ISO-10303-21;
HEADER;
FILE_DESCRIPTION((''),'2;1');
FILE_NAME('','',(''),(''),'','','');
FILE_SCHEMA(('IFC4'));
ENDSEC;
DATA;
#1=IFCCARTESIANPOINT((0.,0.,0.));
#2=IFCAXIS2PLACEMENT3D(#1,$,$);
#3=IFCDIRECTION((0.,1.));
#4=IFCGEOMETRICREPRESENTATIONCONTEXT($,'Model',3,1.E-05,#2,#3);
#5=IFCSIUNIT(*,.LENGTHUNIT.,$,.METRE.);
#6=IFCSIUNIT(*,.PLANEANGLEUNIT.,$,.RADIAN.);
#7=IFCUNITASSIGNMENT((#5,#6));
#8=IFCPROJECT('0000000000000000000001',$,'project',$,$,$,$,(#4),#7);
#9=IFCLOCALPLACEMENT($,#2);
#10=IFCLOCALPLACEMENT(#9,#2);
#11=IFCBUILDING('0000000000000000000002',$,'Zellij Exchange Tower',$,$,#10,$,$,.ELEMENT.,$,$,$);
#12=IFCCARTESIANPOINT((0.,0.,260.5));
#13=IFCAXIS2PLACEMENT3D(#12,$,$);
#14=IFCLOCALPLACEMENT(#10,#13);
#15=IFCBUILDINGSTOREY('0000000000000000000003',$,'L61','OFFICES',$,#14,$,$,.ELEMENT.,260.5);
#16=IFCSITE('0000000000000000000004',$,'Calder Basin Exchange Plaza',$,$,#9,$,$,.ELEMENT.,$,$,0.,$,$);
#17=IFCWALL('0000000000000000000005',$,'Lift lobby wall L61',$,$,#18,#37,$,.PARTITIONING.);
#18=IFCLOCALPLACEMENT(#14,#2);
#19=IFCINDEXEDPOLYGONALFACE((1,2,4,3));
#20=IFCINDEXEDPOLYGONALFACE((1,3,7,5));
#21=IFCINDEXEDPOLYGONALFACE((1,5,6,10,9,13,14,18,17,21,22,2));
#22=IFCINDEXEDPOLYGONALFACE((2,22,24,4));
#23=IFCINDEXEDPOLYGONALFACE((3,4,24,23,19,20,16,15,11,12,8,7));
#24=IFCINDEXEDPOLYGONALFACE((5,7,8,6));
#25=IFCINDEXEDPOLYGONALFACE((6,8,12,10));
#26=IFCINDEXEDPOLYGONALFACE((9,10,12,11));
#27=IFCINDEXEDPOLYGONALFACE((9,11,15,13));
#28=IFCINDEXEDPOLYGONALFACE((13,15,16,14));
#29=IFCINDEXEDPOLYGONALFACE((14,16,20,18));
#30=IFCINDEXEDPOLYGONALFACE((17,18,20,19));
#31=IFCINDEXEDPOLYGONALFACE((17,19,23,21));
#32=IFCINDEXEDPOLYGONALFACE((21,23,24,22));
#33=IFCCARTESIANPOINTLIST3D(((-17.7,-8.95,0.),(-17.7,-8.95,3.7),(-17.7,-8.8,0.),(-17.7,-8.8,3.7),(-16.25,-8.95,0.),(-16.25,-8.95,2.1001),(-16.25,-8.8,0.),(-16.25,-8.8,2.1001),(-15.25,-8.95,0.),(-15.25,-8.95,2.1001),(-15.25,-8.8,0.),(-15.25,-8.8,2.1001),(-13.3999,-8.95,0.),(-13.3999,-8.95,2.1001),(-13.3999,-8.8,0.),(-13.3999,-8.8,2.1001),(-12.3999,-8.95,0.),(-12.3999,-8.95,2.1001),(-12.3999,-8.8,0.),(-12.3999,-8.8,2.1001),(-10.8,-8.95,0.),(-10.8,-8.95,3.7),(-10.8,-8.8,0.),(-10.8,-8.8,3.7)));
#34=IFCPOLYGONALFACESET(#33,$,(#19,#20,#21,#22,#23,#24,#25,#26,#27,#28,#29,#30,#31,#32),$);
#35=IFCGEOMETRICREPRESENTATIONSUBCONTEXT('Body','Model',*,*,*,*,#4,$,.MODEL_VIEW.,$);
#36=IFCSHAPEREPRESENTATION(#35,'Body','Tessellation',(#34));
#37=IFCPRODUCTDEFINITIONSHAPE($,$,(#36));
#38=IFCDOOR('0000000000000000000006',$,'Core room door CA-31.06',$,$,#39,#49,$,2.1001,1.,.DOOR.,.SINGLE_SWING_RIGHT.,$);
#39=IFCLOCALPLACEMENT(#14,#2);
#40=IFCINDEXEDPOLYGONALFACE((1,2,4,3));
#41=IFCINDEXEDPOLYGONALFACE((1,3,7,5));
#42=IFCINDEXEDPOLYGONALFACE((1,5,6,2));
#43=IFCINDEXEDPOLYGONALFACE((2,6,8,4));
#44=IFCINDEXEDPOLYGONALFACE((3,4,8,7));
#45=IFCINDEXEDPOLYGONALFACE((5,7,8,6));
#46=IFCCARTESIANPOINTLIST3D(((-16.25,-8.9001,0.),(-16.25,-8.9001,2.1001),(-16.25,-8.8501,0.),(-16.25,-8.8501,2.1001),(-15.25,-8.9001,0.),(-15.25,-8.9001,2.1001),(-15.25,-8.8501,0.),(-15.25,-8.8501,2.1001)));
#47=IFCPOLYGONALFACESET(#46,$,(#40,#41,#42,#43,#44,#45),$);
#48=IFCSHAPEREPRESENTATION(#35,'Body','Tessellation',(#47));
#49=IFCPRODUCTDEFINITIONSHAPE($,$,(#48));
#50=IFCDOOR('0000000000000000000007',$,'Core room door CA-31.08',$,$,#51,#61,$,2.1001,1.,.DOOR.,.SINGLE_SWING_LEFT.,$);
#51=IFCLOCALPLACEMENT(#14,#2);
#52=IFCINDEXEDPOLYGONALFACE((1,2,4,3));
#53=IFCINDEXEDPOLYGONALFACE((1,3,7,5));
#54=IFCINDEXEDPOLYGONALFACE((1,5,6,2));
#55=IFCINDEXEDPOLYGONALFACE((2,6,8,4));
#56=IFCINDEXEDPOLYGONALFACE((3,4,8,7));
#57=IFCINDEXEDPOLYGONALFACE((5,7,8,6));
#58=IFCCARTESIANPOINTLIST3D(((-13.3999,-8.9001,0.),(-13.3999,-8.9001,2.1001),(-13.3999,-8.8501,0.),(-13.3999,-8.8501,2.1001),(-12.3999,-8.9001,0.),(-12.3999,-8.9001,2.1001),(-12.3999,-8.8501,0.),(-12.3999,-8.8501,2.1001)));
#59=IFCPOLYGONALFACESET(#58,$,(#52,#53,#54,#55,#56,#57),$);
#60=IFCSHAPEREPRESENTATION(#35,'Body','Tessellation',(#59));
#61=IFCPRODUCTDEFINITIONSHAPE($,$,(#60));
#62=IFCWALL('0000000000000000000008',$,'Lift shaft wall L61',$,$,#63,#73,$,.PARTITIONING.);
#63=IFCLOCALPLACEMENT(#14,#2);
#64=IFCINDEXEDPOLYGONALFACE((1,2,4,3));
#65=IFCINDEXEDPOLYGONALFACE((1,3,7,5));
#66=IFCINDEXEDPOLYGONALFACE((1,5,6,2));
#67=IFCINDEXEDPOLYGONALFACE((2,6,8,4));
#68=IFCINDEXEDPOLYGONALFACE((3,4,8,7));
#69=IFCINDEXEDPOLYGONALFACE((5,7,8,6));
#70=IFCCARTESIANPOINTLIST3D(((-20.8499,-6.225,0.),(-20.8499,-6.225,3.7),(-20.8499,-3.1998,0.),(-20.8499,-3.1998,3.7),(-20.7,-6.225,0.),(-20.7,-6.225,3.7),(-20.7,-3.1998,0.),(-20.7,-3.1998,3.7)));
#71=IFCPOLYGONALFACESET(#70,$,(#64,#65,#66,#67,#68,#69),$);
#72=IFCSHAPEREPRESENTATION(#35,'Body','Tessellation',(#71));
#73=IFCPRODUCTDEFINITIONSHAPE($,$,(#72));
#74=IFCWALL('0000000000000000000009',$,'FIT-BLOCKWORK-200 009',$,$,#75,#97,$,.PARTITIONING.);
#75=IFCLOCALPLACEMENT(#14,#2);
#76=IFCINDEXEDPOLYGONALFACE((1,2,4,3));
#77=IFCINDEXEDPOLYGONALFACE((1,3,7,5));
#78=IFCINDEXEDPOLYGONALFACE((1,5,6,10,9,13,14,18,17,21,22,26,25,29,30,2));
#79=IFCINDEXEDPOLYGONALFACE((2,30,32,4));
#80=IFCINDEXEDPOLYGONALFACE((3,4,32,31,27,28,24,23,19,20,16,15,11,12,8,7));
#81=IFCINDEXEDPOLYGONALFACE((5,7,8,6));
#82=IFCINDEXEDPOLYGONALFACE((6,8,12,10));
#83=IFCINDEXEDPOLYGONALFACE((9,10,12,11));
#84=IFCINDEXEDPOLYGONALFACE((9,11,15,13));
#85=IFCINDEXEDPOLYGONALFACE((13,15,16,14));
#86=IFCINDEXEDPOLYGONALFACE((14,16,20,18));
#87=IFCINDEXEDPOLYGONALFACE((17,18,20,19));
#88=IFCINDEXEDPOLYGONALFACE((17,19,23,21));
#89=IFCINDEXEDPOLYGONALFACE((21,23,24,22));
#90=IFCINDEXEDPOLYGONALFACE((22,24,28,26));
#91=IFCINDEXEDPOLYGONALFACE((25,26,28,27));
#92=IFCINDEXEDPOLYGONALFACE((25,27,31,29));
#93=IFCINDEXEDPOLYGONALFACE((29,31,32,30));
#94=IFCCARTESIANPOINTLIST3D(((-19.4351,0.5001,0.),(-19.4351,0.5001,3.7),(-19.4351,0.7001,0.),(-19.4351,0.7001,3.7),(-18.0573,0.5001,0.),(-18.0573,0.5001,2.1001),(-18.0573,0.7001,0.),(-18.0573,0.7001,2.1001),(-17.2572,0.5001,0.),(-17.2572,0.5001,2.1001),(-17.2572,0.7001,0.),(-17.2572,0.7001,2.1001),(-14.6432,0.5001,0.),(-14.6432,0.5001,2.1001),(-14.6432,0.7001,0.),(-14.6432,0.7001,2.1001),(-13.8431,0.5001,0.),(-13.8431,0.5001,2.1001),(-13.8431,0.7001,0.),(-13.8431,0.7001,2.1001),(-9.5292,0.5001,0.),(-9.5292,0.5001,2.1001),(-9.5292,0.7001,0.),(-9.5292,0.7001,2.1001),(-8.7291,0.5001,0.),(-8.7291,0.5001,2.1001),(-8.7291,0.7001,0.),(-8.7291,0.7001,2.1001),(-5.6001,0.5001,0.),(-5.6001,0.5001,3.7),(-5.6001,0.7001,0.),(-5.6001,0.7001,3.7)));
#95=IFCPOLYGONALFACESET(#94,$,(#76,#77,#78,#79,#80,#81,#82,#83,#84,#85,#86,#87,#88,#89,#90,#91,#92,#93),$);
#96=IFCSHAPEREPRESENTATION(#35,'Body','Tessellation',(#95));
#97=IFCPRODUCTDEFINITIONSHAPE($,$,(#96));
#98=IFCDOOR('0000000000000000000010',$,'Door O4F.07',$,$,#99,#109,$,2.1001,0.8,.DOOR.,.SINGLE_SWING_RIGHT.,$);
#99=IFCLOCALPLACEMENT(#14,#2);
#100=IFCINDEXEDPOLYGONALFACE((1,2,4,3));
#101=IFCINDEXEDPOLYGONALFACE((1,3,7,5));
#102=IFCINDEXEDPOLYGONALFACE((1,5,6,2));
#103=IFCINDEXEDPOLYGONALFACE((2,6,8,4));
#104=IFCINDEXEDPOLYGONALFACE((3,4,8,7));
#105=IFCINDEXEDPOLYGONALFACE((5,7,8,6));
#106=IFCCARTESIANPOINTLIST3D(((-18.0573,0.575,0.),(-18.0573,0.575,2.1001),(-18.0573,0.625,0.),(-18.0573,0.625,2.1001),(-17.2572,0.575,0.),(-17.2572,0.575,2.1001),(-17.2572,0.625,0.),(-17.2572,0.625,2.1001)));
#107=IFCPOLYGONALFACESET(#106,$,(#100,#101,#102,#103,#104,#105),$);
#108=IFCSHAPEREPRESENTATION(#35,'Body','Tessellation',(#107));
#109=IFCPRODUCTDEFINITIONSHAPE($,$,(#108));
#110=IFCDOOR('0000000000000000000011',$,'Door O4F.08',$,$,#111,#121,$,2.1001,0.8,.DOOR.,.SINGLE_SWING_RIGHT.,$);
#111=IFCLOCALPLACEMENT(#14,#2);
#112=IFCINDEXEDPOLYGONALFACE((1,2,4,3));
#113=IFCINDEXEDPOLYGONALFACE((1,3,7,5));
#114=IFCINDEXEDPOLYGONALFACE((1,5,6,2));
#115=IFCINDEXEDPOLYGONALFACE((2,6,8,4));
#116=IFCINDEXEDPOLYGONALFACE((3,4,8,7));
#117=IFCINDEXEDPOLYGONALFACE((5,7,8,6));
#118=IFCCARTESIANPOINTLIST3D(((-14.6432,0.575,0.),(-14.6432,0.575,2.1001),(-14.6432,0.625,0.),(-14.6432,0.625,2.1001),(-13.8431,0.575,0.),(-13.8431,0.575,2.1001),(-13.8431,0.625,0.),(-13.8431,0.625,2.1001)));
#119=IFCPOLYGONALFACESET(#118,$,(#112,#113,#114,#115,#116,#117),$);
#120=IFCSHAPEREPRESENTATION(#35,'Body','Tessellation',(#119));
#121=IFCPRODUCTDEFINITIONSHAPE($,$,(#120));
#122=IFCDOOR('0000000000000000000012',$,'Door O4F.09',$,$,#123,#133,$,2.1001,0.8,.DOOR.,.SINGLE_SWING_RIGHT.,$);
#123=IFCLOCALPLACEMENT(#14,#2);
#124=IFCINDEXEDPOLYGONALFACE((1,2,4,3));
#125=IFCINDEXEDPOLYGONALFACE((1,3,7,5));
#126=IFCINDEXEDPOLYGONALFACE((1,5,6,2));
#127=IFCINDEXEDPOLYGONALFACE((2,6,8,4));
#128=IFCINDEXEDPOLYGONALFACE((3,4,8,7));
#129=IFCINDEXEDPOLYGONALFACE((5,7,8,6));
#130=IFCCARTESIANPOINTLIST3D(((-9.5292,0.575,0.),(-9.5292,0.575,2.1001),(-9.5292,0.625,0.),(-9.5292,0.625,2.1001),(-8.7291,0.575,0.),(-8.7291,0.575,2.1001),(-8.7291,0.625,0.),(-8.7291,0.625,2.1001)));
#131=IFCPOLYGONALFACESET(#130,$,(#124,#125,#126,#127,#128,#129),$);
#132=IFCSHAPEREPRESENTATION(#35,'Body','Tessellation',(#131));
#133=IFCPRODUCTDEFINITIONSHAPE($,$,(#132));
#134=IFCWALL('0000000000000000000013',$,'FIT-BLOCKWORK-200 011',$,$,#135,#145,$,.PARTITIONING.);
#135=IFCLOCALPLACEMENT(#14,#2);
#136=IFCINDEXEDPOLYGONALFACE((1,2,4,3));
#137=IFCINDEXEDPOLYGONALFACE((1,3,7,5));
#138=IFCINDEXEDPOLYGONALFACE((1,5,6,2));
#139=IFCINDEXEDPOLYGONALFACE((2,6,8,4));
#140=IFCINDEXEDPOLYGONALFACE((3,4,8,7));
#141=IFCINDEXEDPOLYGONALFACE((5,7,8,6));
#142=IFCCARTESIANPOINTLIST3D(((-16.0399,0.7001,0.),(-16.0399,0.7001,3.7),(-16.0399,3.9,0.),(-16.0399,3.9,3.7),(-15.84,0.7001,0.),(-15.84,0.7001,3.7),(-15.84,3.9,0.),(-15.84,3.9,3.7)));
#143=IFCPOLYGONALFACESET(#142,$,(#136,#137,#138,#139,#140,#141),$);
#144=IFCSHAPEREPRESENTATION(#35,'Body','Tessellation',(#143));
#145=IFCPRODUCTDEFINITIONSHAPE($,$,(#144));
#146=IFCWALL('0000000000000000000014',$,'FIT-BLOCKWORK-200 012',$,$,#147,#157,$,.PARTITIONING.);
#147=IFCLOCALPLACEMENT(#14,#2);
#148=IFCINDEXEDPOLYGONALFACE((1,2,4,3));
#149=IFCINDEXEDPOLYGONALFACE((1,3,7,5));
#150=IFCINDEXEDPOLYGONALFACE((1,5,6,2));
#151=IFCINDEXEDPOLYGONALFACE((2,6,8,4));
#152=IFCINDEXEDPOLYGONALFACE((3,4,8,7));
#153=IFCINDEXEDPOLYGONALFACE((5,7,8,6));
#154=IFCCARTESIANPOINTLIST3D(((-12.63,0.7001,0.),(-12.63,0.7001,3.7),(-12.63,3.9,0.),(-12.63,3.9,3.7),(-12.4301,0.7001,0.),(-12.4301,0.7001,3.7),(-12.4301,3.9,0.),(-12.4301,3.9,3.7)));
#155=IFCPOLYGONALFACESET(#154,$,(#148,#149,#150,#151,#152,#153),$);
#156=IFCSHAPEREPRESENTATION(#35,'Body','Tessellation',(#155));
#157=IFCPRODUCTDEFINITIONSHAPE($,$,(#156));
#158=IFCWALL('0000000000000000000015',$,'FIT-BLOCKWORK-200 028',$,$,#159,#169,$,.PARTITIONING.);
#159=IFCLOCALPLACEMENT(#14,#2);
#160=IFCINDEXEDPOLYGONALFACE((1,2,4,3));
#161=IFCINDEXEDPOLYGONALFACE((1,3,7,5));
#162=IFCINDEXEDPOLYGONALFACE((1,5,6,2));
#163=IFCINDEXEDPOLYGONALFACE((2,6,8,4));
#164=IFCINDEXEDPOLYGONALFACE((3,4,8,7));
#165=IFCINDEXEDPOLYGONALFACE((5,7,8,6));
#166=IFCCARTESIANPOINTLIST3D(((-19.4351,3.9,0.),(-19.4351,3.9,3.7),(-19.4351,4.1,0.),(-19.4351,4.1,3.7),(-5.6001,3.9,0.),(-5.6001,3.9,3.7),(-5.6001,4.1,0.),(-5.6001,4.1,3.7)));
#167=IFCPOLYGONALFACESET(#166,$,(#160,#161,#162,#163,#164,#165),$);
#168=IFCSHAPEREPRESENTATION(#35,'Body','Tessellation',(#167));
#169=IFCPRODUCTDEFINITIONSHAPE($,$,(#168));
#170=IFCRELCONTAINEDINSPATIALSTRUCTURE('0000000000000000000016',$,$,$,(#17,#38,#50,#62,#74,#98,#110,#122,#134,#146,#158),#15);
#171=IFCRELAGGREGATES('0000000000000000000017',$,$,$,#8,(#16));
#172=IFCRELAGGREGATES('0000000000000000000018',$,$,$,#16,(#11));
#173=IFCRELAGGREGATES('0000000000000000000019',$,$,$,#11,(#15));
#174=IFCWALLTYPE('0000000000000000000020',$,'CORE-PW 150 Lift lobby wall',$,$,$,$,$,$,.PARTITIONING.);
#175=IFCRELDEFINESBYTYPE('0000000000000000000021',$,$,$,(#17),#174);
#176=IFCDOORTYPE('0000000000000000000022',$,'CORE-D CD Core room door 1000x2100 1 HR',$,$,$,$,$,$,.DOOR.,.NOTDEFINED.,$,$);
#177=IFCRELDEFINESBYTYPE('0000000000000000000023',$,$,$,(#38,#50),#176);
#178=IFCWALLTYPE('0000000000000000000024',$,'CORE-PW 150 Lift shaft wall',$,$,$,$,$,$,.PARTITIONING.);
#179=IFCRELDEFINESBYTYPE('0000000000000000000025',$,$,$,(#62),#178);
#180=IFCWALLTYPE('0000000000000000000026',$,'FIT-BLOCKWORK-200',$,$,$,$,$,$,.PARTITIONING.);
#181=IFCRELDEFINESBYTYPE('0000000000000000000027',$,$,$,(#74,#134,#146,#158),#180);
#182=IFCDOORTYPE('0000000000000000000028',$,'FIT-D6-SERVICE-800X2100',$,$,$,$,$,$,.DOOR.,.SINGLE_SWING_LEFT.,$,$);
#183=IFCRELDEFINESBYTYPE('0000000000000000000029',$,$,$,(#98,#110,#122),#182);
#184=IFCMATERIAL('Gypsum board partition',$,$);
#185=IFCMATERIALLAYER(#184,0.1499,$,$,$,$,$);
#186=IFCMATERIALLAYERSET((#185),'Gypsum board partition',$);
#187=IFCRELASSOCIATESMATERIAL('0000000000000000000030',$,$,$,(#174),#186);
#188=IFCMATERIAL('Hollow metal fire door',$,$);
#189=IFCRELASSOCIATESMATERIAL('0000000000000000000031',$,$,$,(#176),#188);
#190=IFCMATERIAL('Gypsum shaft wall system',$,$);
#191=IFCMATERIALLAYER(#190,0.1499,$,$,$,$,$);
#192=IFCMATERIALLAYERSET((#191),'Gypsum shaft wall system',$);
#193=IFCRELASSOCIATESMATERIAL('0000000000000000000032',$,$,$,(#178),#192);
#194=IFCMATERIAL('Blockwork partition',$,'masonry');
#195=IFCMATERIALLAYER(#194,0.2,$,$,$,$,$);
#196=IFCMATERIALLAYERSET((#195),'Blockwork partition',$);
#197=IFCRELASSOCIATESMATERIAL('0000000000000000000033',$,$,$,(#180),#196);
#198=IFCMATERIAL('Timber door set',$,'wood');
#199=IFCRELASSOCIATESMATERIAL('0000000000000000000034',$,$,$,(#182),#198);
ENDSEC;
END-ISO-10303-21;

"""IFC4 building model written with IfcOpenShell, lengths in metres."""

from ifc_helpers import new_model, si_unit, direction, frame, frame_2d, origin, place, context, subcontext, project, spatial, rectangle, extrude, material, layer, layer_set, type_object, element, fill, save


model = new_model("IFC4")

# Units and contexts
model_context = context("Model", 3, precision=1e-05, world=origin(), true_north=direction((0.0, 1.0)))
body_context = subcontext(model_context, "Body", "Model", "MODEL_VIEW")
ifc_project = project(units=[si_unit("LENGTHUNIT", "METRE"), si_unit("PLANEANGLEUNIT", "RADIAN")], contexts=[model_context])

# Site, building, storey
site_placement = place(None, origin())
site = spatial("IfcSite", under=ifc_project, at=site_placement, Name="Calder Basin Exchange Plaza", CompositionType="ELEMENT", RefElevation=0.0)
building_placement = place(site_placement, origin())
building = spatial("IfcBuilding", under=site, at=building_placement, Name="Zellij Exchange Tower", CompositionType="ELEMENT")
storey_placement = place(building_placement, frame((0.0, 0.0, 260.5)))
storey = spatial("IfcBuildingStorey", under=building, at=storey_placement, Name="L61", Description="OFFICES", CompositionType="ELEMENT", Elevation=260.5)

# Shared definitions
ifc_material_1 = material(Name="Gypsum board partition")
ifc_layer_1 = layer(ifc_material_1, 0.1499)
ifc_layer_set_1 = layer_set([ifc_layer_1], Name="Gypsum board partition")
wall_type_1 = type_object("IfcWallType", Name="CORE-PW 150 Lift lobby wall", PredefinedType="PARTITIONING", material=ifc_layer_set_1)

# Wall, openings, doors
ifc_material_2 = material(Name="Hollow metal fire door")
door_type_1 = type_object("IfcDoorType", Name="CORE-D CD Core room door 1000x2100 1 HR", OperationType="NOTDEFINED", PredefinedType="DOOR", material=ifc_material_2)
wall_1_placement = place(storey_placement, frame((-17.7, -8.875, 0.0), z_axis=(0.0, 0.0, 1.0), x_axis=(1.0, 0.0, 0.0)))
wall_1 = element("IfcWall", 1, at=wall_1_placement, inside=storey, type_object=wall_type_1, Name="Lift lobby wall L61", PredefinedType="PARTITIONING", context=body_context, shape_type="SweptSolid", body=[
    extrude(rectangle(XDim=6.8999, YDim=0.1499, at=frame_2d((3.45, 0.0))), origin(), (0.0, 0.0, 1.0), 3.7),
])
opening_1_placement = place(wall_1_placement, frame((1.45, 0.0, 0.0)))
opening_1 = element("IfcOpeningElement", 2, at=opening_1_placement, cuts=wall_1, PredefinedType="OPENING", context=body_context, shape_type="SweptSolid", body=[
    extrude(rectangle(XDim=1.0, YDim=2.1001, at=frame_2d((0.5, 1.05))), frame((0.0, 0.0869, 0.0), z_axis=(0.0, -1.0, 0.0), x_axis=(1.0, 0.0, 0.0)), (0.0, 0.0, 1.0), 0.1738),
])
opening_2_placement = place(wall_1_placement, frame((4.3, 0.0, 0.0)))
opening_2 = element("IfcOpeningElement", 3, at=opening_2_placement, cuts=wall_1, PredefinedType="OPENING", context=body_context, shape_type="SweptSolid", body=[
    extrude(rectangle(XDim=1.0, YDim=2.1001, at=frame_2d((0.5, 1.05))), frame((0.0, 0.0869, 0.0), z_axis=(0.0, -1.0, 0.0), x_axis=(1.0, 0.0, 0.0)), (0.0, 0.0, 1.0), 0.1738),
])
door_1_placement = place(opening_1_placement, origin())
door_1 = element("IfcDoor", 4, at=door_1_placement, inside=storey, type_object=door_type_1, Name="Core room door CA-31.06", OperationType="SINGLE_SWING_RIGHT", OverallHeight=2.1001, OverallWidth=1.0, PredefinedType="DOOR", context=body_context, shape_type="SweptSolid", body=[
    extrude(rectangle(XDim=1.0, YDim=2.1001, at=frame_2d((0.5, 1.05))), frame((0.0, 0.0249, 0.0), z_axis=(0.0, -1.0, 0.0), x_axis=(1.0, 0.0, 0.0)), (0.0, 0.0, 1.0), 0.05),
])
fill(opening_1, door_1)
door_2_placement = place(opening_2_placement, origin())
door_2 = element("IfcDoor", 5, at=door_2_placement, inside=storey, type_object=door_type_1, Name="Core room door CA-31.08", OperationType="SINGLE_SWING_LEFT", OverallHeight=2.1001, OverallWidth=1.0, PredefinedType="DOOR", context=body_context, shape_type="SweptSolid", body=[
    extrude(rectangle(XDim=1.0, YDim=2.1001, at=frame_2d((0.5, 1.05))), frame((0.0, 0.0249, 0.0), z_axis=(0.0, -1.0, 0.0), x_axis=(1.0, 0.0, 0.0)), (0.0, 0.0, 1.0), 0.05),
])
fill(opening_2, door_2)

# Wall
ifc_material_3 = material(Name="Gypsum shaft wall system")
ifc_layer_2 = layer(ifc_material_3, 0.1499)
ifc_layer_set_2 = layer_set([ifc_layer_2], Name="Gypsum shaft wall system")
wall_type_2 = type_object("IfcWallType", Name="CORE-PW 150 Lift shaft wall", PredefinedType="PARTITIONING", material=ifc_layer_set_2)
wall_2_placement = place(storey_placement, frame((-20.7749, -6.2251, 0.0), z_axis=(0.0, 0.0, 1.0), x_axis=(0.0, 1.0, 0.0)))
element("IfcWall", 6, at=wall_2_placement, inside=storey, type_object=wall_type_2, Name="Lift shaft wall L61", PredefinedType="PARTITIONING", context=body_context, shape_type="SweptSolid", body=[
    extrude(rectangle(XDim=3.0251, YDim=0.1499, at=frame_2d((1.5127, 0.0))), origin(), (0.0, 0.0, 1.0), 3.7),
])

# Wall, openings, doors
ifc_material_4 = material(Name="Blockwork partition", Category="masonry")
ifc_layer_3 = layer(ifc_material_4, 0.2)
ifc_layer_set_3 = layer_set([ifc_layer_3], Name="Blockwork partition")
wall_type_3 = type_object("IfcWallType", Name="FIT-BLOCKWORK-200", PredefinedType="PARTITIONING", material=ifc_layer_set_3)
wall_3_placement = place(storey_placement, frame((-19.4351, 0.6001, 0.0), z_axis=(0.0, 0.0, 1.0), x_axis=(1.0, 0.0, 0.0)))
wall_3 = element("IfcWall", 7, at=wall_3_placement, inside=storey, type_object=wall_type_3, Name="FIT-BLOCKWORK-200 009", PredefinedType="PARTITIONING", context=body_context, shape_type="SweptSolid", body=[
    extrude(rectangle(XDim=13.835, YDim=0.2, at=frame_2d((6.9175, 0.0))), origin(), (0.0, 0.0, 1.0), 3.7),
])
opening_3_placement = place(wall_3_placement, frame((1.3779, 0.0, 0.0)))
opening_3 = element("IfcOpeningElement", 8, at=opening_3_placement, cuts=wall_3, PredefinedType="OPENING", context=body_context, shape_type="SweptSolid", body=[
    extrude(rectangle(XDim=0.8, YDim=2.1001, at=frame_2d((0.3999, 1.05))), frame((0.0, 0.1118, 0.0), z_axis=(0.0, -1.0, 0.0), x_axis=(1.0, 0.0, 0.0)), (0.0, 0.0, 1.0), 0.2239),
])
opening_4_placement = place(wall_3_placement, frame((4.792, 0.0, 0.0)))
opening_4 = element("IfcOpeningElement", 9, at=opening_4_placement, cuts=wall_3, PredefinedType="OPENING", context=body_context, shape_type="SweptSolid", body=[
    extrude(rectangle(XDim=0.8, YDim=2.1001, at=frame_2d((0.3999, 1.05))), frame((0.0, 0.1118, 0.0), z_axis=(0.0, -1.0, 0.0), x_axis=(1.0, 0.0, 0.0)), (0.0, 0.0, 1.0), 0.2239),
])
opening_5_placement = place(wall_3_placement, frame((9.906, 0.0, 0.0)))
opening_5 = element("IfcOpeningElement", 10, at=opening_5_placement, cuts=wall_3, PredefinedType="OPENING", context=body_context, shape_type="SweptSolid", body=[
    extrude(rectangle(XDim=0.8, YDim=2.1001, at=frame_2d((0.3999, 1.05))), frame((0.0, 0.1118, 0.0), z_axis=(0.0, -1.0, 0.0), x_axis=(1.0, 0.0, 0.0)), (0.0, 0.0, 1.0), 0.2239),
])
ifc_material_5 = material(Name="Timber door set", Category="wood")
door_type_2 = type_object("IfcDoorType", Name="FIT-D6-SERVICE-800X2100", OperationType="SINGLE_SWING_LEFT", PredefinedType="DOOR", material=ifc_material_5)
door_3_placement = place(opening_3_placement, origin())
door_3 = element("IfcDoor", 11, at=door_3_placement, inside=storey, type_object=door_type_2, Name="Door O4F.07", OperationType="SINGLE_SWING_RIGHT", OverallHeight=2.1001, OverallWidth=0.8, PredefinedType="DOOR", context=body_context, shape_type="SweptSolid", body=[
    extrude(rectangle(XDim=0.8, YDim=2.1001, at=frame_2d((0.3999, 1.05))), frame((0.0, 0.0249, 0.0), z_axis=(0.0, -1.0, 0.0), x_axis=(1.0, 0.0, 0.0)), (0.0, 0.0, 1.0), 0.05),
])
fill(opening_3, door_3)
door_4_placement = place(opening_4_placement, origin())
door_4 = element("IfcDoor", 12, at=door_4_placement, inside=storey, type_object=door_type_2, Name="Door O4F.08", OperationType="SINGLE_SWING_RIGHT", OverallHeight=2.1001, OverallWidth=0.8, PredefinedType="DOOR", context=body_context, shape_type="SweptSolid", body=[
    extrude(rectangle(XDim=0.8, YDim=2.1001, at=frame_2d((0.3999, 1.05))), frame((0.0, 0.0249, 0.0), z_axis=(0.0, -1.0, 0.0), x_axis=(1.0, 0.0, 0.0)), (0.0, 0.0, 1.0), 0.05),
])
fill(opening_4, door_4)
door_5_placement = place(opening_5_placement, origin())
door_5 = element("IfcDoor", 13, at=door_5_placement, inside=storey, type_object=door_type_2, Name="Door O4F.09", OperationType="SINGLE_SWING_RIGHT", OverallHeight=2.1001, OverallWidth=0.8, PredefinedType="DOOR", context=body_context, shape_type="SweptSolid", body=[
    extrude(rectangle(XDim=0.8, YDim=2.1001, at=frame_2d((0.3999, 1.05))), frame((0.0, 0.0249, 0.0), z_axis=(0.0, -1.0, 0.0), x_axis=(1.0, 0.0, 0.0)), (0.0, 0.0, 1.0), 0.05),
])
fill(opening_5, door_5)

# Walls
for number, where, z_axis, x_axis, name in (
    (14, (-15.9399, 0.7, 0.0), (0.0, 0.0, 1.0), (0.0, 1.0, 0.0), "FIT-BLOCKWORK-200 011"),
    (15, (-12.53, 0.7, 0.0), (0.0, 0.0, 1.0), (0.0, 1.0, 0.0), "FIT-BLOCKWORK-200 012"),
):
    element("IfcWall", number, at=place(storey_placement, frame(where, z_axis=z_axis, x_axis=x_axis)), inside=storey, type_object=wall_type_3, Name=name, PredefinedType="PARTITIONING", context=body_context, shape_type="SweptSolid", body=[
        extrude(rectangle(XDim=3.2, YDim=0.2, at=frame_2d((1.6001, 0.0))), origin(), (0.0, 0.0, 1.0), 3.7),
    ])
wall_4_placement = place(storey_placement, frame((-19.4351, 4.0, 0.0), z_axis=(0.0, 0.0, 1.0), x_axis=(1.0, 0.0, 0.0)))
element("IfcWall", 16, at=wall_4_placement, inside=storey, type_object=wall_type_3, Name="FIT-BLOCKWORK-200 028", PredefinedType="PARTITIONING", context=body_context, shape_type="SweptSolid", body=[
    extrude(rectangle(XDim=13.835, YDim=0.2, at=frame_2d((6.9175, 0.0))), origin(), (0.0, 0.0, 1.0), 3.7),
])

save(model, "model.ifc")
